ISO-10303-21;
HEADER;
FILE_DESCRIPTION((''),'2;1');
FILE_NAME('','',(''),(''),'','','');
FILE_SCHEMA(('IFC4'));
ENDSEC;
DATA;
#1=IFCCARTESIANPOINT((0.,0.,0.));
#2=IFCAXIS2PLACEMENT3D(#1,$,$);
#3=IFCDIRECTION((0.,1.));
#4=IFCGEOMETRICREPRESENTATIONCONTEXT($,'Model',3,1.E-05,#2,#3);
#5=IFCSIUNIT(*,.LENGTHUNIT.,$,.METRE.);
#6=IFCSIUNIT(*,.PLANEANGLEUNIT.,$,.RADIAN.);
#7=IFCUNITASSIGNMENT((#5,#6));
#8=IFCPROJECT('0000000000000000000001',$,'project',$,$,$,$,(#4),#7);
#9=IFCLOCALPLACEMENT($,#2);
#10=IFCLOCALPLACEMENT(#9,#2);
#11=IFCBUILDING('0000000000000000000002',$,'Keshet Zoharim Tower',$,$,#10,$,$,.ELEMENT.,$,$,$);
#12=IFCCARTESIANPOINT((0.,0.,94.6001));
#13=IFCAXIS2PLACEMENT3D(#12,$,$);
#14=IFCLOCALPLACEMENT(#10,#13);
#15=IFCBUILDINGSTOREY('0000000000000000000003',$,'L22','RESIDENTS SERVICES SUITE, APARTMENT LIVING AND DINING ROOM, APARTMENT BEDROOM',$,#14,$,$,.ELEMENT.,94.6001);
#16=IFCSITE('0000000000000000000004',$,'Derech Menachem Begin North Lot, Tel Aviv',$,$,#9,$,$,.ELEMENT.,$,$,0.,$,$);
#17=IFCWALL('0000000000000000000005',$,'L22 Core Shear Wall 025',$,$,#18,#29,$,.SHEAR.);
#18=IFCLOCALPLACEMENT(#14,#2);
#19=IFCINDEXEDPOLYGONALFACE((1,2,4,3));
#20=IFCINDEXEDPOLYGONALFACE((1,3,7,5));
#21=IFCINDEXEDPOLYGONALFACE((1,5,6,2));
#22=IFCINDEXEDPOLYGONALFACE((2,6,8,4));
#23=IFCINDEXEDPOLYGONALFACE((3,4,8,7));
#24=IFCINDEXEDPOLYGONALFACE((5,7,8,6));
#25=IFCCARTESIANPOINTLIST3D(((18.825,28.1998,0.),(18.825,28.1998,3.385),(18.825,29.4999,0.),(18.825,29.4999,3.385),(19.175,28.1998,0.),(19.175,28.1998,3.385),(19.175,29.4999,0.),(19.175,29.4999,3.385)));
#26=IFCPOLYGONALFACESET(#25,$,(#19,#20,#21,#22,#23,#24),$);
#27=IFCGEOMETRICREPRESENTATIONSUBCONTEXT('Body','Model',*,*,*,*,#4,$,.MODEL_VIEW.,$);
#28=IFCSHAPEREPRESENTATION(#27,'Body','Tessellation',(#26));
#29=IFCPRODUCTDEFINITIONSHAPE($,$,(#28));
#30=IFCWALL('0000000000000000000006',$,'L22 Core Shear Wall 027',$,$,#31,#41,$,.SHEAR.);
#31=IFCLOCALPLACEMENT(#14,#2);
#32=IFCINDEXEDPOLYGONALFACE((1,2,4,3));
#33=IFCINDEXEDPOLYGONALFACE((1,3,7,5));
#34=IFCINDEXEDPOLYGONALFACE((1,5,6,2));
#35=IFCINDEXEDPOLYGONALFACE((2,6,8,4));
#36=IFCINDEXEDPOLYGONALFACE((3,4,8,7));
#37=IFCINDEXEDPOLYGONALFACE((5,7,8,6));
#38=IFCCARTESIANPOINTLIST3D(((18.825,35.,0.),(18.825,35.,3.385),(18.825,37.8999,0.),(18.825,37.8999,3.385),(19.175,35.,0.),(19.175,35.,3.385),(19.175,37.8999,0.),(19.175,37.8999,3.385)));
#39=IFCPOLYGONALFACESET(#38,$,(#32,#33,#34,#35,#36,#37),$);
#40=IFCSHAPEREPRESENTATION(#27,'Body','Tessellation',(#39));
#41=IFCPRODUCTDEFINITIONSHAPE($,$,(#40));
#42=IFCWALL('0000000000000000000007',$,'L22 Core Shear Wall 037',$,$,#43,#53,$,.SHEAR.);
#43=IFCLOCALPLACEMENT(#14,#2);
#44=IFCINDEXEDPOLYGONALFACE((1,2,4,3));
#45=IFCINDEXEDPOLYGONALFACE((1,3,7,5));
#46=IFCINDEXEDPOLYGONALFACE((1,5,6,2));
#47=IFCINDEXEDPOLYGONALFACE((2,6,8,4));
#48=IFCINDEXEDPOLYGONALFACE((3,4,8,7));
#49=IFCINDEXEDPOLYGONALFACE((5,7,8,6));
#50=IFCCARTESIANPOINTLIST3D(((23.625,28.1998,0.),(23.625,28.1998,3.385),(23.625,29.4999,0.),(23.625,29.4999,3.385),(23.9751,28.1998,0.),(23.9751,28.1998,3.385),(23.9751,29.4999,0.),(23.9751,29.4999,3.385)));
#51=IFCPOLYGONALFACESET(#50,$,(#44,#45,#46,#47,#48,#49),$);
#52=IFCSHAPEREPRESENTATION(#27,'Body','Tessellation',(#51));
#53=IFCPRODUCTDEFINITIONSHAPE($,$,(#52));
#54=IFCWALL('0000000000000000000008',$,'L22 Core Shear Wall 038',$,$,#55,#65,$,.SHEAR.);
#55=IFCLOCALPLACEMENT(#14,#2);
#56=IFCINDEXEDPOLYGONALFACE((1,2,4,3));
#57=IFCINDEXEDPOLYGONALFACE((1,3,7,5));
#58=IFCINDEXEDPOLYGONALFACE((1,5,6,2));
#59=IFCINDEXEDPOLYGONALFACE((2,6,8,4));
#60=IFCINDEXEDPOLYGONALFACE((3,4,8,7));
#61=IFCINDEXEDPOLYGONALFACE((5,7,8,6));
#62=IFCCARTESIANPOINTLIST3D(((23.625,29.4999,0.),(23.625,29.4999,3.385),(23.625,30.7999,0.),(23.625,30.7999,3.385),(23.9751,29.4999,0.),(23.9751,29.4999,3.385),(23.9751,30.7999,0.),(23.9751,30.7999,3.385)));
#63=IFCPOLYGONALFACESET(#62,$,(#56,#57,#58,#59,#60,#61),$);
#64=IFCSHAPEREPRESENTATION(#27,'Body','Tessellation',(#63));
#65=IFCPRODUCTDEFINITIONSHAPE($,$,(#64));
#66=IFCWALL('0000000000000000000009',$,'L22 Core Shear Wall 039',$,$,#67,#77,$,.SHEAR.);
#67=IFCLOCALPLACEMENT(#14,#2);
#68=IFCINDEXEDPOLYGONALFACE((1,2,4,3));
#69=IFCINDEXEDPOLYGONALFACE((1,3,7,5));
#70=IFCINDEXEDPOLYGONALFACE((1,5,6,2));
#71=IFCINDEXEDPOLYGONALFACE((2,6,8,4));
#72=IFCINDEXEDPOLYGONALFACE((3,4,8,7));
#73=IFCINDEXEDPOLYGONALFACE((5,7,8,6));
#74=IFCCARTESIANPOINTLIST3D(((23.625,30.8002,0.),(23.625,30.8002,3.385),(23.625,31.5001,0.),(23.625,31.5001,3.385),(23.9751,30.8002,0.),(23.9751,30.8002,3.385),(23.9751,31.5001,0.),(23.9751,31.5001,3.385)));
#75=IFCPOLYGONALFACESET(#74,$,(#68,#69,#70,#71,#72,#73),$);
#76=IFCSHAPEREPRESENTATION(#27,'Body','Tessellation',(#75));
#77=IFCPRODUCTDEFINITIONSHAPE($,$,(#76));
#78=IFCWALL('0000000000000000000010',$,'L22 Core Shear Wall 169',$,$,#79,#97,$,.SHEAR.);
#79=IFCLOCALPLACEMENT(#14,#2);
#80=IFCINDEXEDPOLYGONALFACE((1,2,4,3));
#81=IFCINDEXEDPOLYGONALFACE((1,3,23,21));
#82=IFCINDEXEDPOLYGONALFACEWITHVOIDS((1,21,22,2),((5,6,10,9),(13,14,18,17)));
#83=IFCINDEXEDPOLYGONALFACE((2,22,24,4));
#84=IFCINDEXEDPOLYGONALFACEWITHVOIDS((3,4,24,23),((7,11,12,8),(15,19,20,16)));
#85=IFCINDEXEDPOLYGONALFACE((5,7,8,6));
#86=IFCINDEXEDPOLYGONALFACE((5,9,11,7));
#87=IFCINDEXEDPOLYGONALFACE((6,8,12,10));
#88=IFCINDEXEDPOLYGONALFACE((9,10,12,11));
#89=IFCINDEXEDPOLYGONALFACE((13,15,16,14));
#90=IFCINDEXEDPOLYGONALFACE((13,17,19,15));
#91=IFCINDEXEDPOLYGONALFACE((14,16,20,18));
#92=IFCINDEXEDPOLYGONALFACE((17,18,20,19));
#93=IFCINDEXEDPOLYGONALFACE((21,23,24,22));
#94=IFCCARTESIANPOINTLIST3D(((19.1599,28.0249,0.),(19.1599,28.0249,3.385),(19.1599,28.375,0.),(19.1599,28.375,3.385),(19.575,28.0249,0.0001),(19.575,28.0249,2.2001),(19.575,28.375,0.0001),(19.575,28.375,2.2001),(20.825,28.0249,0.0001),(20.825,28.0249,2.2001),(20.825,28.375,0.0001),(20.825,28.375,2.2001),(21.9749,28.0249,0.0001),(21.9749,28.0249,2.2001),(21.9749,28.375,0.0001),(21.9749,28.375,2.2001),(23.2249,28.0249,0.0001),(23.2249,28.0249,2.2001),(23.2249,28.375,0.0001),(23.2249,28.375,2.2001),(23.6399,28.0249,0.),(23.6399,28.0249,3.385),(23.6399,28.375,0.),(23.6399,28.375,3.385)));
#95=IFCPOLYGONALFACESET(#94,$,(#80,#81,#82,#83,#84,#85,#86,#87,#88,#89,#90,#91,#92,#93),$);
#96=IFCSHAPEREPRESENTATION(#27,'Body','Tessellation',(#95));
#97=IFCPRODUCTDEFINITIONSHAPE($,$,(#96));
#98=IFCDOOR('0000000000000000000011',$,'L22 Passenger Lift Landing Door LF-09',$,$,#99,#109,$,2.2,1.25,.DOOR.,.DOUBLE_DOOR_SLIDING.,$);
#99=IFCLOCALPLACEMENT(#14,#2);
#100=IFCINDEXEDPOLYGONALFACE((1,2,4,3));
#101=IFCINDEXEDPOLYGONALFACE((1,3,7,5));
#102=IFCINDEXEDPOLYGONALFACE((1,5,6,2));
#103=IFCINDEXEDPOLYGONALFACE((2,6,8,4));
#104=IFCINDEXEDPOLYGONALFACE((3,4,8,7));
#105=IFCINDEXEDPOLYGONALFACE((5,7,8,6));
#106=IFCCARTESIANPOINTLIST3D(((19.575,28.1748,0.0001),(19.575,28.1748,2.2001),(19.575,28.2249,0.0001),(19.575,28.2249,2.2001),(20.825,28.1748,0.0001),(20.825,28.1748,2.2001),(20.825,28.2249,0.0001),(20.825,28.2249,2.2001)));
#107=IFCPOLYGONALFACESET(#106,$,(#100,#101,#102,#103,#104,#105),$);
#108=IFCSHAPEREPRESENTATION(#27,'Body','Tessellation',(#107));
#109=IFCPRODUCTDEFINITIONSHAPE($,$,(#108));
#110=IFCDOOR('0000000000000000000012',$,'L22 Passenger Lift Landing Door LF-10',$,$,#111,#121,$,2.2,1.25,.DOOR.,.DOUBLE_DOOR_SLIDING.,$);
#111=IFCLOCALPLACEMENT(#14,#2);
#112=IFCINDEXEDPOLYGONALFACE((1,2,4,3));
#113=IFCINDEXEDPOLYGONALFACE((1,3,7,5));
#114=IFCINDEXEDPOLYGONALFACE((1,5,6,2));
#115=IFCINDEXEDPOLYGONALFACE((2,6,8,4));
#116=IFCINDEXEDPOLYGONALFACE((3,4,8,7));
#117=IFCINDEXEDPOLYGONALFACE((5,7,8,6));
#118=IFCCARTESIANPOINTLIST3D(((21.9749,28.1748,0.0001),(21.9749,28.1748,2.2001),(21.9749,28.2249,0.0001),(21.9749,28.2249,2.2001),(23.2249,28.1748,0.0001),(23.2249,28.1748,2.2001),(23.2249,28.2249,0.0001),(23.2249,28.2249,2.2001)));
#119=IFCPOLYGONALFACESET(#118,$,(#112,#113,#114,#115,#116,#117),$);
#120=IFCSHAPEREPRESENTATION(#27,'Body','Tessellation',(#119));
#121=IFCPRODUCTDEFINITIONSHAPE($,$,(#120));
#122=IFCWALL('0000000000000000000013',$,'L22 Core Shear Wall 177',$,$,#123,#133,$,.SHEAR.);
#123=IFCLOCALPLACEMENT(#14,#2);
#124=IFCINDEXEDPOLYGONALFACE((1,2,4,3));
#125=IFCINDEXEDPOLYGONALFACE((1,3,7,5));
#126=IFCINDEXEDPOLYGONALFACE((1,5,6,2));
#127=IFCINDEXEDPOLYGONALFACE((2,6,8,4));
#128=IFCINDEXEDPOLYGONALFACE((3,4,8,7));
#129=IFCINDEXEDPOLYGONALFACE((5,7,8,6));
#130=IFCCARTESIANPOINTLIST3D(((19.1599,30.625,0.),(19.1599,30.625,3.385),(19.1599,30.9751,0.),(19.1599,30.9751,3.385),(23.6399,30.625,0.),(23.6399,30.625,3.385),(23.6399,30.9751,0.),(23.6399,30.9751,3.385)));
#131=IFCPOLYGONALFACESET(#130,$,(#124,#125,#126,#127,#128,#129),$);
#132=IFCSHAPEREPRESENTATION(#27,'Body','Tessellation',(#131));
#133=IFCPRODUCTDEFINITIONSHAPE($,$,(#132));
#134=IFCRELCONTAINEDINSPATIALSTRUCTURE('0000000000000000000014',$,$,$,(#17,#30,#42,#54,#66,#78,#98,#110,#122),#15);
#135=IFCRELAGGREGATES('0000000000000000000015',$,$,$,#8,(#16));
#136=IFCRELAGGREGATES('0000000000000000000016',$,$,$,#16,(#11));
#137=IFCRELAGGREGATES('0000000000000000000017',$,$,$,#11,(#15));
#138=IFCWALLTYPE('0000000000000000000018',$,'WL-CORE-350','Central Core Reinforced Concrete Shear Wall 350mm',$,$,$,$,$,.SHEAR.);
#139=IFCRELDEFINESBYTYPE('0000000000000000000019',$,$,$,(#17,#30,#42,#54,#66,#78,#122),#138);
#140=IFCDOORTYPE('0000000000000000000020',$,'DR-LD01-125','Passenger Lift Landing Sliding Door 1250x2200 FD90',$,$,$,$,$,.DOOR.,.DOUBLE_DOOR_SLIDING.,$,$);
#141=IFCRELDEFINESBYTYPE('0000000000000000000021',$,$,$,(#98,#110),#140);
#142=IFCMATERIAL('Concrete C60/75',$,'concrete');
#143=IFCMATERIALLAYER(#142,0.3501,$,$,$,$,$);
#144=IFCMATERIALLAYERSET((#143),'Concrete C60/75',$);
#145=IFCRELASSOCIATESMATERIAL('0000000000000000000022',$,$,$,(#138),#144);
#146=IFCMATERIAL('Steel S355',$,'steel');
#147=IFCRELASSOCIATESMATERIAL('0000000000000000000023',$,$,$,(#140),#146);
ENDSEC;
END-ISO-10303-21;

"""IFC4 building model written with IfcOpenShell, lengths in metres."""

from ifc_helpers import new_model, si_unit, direction, frame, frame_2d, origin, place, context, subcontext, project, spatial, rectangle, extrude, material, layer, layer_set, type_object, element, fill, save


model = new_model("IFC4")

# Units and contexts
model_context = context("Model", 3, precision=1e-05, world=origin(), true_north=direction((0.0, 1.0)))
body_context = subcontext(model_context, "Body", "Model", "MODEL_VIEW")
ifc_project = project(units=[si_unit("LENGTHUNIT", "METRE"), si_unit("PLANEANGLEUNIT", "RADIAN")], contexts=[model_context])

# Site, building, storey
site_placement = place(None, origin())
site = spatial("IfcSite", under=ifc_project, at=site_placement, Name="Derech Menachem Begin North Lot, Tel Aviv", CompositionType="ELEMENT", RefElevation=0.0)
building_placement = place(site_placement, origin())
building = spatial("IfcBuilding", under=site, at=building_placement, Name="Keshet Zoharim Tower", CompositionType="ELEMENT")
storey_placement = place(building_placement, frame((0.0, 0.0, 94.6001)))
storey = spatial("IfcBuildingStorey", under=building, at=storey_placement, Name="L22", Description="RESIDENTS SERVICES SUITE, APARTMENT LIVING AND DINING ROOM, APARTMENT BEDROOM", CompositionType="ELEMENT", Elevation=94.6001)

# Wall
ifc_material_1 = material(Name="Concrete C60/75", Category="concrete")
ifc_layer_1 = layer(ifc_material_1, 0.3501)
ifc_layer_set_1 = layer_set([ifc_layer_1], Name="Concrete C60/75")
wall_type_1 = type_object("IfcWallType", Name="WL-CORE-350", Description="Central Core Reinforced Concrete Shear Wall 350mm", PredefinedType="SHEAR", material=ifc_layer_set_1)
wall_1_placement = place(storey_placement, frame((19.0, 28.2, 0.0), z_axis=(0.0, 0.0, 1.0), x_axis=(0.0, 1.0, 0.0)))
element("IfcWall", 1, at=wall_1_placement, inside=storey, type_object=wall_type_1, Name="L22 Core Shear Wall 025", PredefinedType="SHEAR", context=body_context, shape_type="SweptSolid", body=[
    extrude(rectangle(XDim=1.3, YDim=0.3501, at=frame_2d((0.6499, 0.0))), origin(), (0.0, 0.0, 1.0), 3.385),
])

# Walls
wall_2_placement = place(storey_placement, frame((19.0, 35.0, 0.0), z_axis=(0.0, 0.0, 1.0), x_axis=(0.0, 1.0, 0.0)))
element("IfcWall", 2, at=wall_2_placement, inside=storey, type_object=wall_type_1, Name="L22 Core Shear Wall 027", PredefinedType="SHEAR", context=body_context, shape_type="SweptSolid", body=[
    extrude(rectangle(XDim=2.8999, YDim=0.3501, at=frame_2d((1.45, 0.0))), origin(), (0.0, 0.0, 1.0), 3.385),
])
for number, where, z_axis, x_axis, name in (
    (3, (23.8, 28.2, 0.0), (0.0, 0.0, 1.0), (0.0, 1.0, 0.0), "L22 Core Shear Wall 037"),
    (4, (23.8, 29.5, 0.0), (0.0, 0.0, 1.0), (0.0, 1.0, 0.0), "L22 Core Shear Wall 038"),
):
    element("IfcWall", number, at=place(storey_placement, frame(where, z_axis=z_axis, x_axis=x_axis)), inside=storey, type_object=wall_type_1, Name=name, PredefinedType="SHEAR", context=body_context, shape_type="SweptSolid", body=[
        extrude(rectangle(XDim=1.3, YDim=0.3501, at=frame_2d((0.6499, 0.0))), origin(), (0.0, 0.0, 1.0), 3.385),
    ])
wall_3_placement = place(storey_placement, frame((23.8, 30.8, 0.0), z_axis=(0.0, 0.0, 1.0), x_axis=(0.0, 1.0, 0.0)))
element("IfcWall", 5, at=wall_3_placement, inside=storey, type_object=wall_type_1, Name="L22 Core Shear Wall 039", PredefinedType="SHEAR", context=body_context, shape_type="SweptSolid", body=[
    extrude(rectangle(XDim=0.7, YDim=0.3501, at=frame_2d((0.3501, 0.0))), origin(), (0.0, 0.0, 1.0), 3.385),
])

# Wall, openings, doors
wall_4_placement = place(storey_placement, frame((19.1599, 28.2, 0.0), z_axis=(0.0, 0.0, 1.0), x_axis=(1.0, 0.0, 0.0)))
wall_4 = element("IfcWall", 6, at=wall_4_placement, inside=storey, type_object=wall_type_1, Name="L22 Core Shear Wall 169", PredefinedType="SHEAR", context=body_context, shape_type="SweptSolid", body=[
    extrude(rectangle(XDim=4.48, YDim=0.3501, at=frame_2d((2.24, 0.0))), origin(), (0.0, 0.0, 1.0), 3.385),
])
opening_1_placement = place(wall_4_placement, frame((0.415, 0.0, 0.0)))
opening_1 = element("IfcOpeningElement", 7, at=opening_1_placement, cuts=wall_4, PredefinedType="OPENING", context=body_context, shape_type="SweptSolid", body=[
    extrude(rectangle(XDim=1.25, YDim=2.2, at=frame_2d((0.625, 1.1001))), frame((0.0, 0.1851, 0.0), z_axis=(0.0, -1.0, 0.0), x_axis=(1.0, 0.0, 0.0)), (0.0, 0.0, 1.0), 0.3701),
])
opening_2_placement = place(wall_4_placement, frame((2.8149, 0.0, 0.0)))
opening_2 = element("IfcOpeningElement", 8, at=opening_2_placement, cuts=wall_4, PredefinedType="OPENING", context=body_context, shape_type="SweptSolid", body=[
    extrude(rectangle(XDim=1.25, YDim=2.2, at=frame_2d((0.625, 1.1001))), frame((0.0, 0.1851, 0.0), z_axis=(0.0, -1.0, 0.0), x_axis=(1.0, 0.0, 0.0)), (0.0, 0.0, 1.0), 0.3701),
])
ifc_material_2 = material(Name="Steel S355", Category="steel")
door_type_1 = type_object("IfcDoorType", Name="DR-LD01-125", Description="Passenger Lift Landing Sliding Door 1250x2200 FD90", OperationType="DOUBLE_DOOR_SLIDING", PredefinedType="DOOR", material=ifc_material_2)
door_1_placement = place(opening_1_placement, origin())
door_1 = element("IfcDoor", 9, at=door_1_placement, inside=storey, type_object=door_type_1, Name="L22 Passenger Lift Landing Door LF-09", OperationType="DOUBLE_DOOR_SLIDING", OverallHeight=2.2, OverallWidth=1.25, PredefinedType="DOOR", context=body_context, shape_type="SweptSolid", body=[
    extrude(rectangle(XDim=1.25, YDim=2.2, at=frame_2d((0.625, 1.1001))), frame((0.0, 0.0249, 0.0), z_axis=(0.0, -1.0, 0.0), x_axis=(1.0, 0.0, 0.0)), (0.0, 0.0, 1.0), 0.05),
])
fill(opening_1, door_1)
door_2_placement = place(opening_2_placement, origin())
door_2 = element("IfcDoor", 10, at=door_2_placement, inside=storey, type_object=door_type_1, Name="L22 Passenger Lift Landing Door LF-10", OperationType="DOUBLE_DOOR_SLIDING", OverallHeight=2.2, OverallWidth=1.25, PredefinedType="DOOR", context=body_context, shape_type="SweptSolid", body=[
    extrude(rectangle(XDim=1.25, YDim=2.2, at=frame_2d((0.625, 1.1001))), frame((0.0, 0.0249, 0.0), z_axis=(0.0, -1.0, 0.0), x_axis=(1.0, 0.0, 0.0)), (0.0, 0.0, 1.0), 0.05),
])
fill(opening_2, door_2)

# Wall
wall_5_placement = place(storey_placement, frame((19.1599, 30.8, 0.0), z_axis=(0.0, 0.0, 1.0), x_axis=(1.0, 0.0, 0.0)))
element("IfcWall", 11, at=wall_5_placement, inside=storey, type_object=wall_type_1, Name="L22 Core Shear Wall 177", PredefinedType="SHEAR", context=body_context, shape_type="SweptSolid", body=[
    extrude(rectangle(XDim=4.48, YDim=0.3501, at=frame_2d((2.24, 0.0))), origin(), (0.0, 0.0, 1.0), 3.385),
])

save(model, "model.ifc")
